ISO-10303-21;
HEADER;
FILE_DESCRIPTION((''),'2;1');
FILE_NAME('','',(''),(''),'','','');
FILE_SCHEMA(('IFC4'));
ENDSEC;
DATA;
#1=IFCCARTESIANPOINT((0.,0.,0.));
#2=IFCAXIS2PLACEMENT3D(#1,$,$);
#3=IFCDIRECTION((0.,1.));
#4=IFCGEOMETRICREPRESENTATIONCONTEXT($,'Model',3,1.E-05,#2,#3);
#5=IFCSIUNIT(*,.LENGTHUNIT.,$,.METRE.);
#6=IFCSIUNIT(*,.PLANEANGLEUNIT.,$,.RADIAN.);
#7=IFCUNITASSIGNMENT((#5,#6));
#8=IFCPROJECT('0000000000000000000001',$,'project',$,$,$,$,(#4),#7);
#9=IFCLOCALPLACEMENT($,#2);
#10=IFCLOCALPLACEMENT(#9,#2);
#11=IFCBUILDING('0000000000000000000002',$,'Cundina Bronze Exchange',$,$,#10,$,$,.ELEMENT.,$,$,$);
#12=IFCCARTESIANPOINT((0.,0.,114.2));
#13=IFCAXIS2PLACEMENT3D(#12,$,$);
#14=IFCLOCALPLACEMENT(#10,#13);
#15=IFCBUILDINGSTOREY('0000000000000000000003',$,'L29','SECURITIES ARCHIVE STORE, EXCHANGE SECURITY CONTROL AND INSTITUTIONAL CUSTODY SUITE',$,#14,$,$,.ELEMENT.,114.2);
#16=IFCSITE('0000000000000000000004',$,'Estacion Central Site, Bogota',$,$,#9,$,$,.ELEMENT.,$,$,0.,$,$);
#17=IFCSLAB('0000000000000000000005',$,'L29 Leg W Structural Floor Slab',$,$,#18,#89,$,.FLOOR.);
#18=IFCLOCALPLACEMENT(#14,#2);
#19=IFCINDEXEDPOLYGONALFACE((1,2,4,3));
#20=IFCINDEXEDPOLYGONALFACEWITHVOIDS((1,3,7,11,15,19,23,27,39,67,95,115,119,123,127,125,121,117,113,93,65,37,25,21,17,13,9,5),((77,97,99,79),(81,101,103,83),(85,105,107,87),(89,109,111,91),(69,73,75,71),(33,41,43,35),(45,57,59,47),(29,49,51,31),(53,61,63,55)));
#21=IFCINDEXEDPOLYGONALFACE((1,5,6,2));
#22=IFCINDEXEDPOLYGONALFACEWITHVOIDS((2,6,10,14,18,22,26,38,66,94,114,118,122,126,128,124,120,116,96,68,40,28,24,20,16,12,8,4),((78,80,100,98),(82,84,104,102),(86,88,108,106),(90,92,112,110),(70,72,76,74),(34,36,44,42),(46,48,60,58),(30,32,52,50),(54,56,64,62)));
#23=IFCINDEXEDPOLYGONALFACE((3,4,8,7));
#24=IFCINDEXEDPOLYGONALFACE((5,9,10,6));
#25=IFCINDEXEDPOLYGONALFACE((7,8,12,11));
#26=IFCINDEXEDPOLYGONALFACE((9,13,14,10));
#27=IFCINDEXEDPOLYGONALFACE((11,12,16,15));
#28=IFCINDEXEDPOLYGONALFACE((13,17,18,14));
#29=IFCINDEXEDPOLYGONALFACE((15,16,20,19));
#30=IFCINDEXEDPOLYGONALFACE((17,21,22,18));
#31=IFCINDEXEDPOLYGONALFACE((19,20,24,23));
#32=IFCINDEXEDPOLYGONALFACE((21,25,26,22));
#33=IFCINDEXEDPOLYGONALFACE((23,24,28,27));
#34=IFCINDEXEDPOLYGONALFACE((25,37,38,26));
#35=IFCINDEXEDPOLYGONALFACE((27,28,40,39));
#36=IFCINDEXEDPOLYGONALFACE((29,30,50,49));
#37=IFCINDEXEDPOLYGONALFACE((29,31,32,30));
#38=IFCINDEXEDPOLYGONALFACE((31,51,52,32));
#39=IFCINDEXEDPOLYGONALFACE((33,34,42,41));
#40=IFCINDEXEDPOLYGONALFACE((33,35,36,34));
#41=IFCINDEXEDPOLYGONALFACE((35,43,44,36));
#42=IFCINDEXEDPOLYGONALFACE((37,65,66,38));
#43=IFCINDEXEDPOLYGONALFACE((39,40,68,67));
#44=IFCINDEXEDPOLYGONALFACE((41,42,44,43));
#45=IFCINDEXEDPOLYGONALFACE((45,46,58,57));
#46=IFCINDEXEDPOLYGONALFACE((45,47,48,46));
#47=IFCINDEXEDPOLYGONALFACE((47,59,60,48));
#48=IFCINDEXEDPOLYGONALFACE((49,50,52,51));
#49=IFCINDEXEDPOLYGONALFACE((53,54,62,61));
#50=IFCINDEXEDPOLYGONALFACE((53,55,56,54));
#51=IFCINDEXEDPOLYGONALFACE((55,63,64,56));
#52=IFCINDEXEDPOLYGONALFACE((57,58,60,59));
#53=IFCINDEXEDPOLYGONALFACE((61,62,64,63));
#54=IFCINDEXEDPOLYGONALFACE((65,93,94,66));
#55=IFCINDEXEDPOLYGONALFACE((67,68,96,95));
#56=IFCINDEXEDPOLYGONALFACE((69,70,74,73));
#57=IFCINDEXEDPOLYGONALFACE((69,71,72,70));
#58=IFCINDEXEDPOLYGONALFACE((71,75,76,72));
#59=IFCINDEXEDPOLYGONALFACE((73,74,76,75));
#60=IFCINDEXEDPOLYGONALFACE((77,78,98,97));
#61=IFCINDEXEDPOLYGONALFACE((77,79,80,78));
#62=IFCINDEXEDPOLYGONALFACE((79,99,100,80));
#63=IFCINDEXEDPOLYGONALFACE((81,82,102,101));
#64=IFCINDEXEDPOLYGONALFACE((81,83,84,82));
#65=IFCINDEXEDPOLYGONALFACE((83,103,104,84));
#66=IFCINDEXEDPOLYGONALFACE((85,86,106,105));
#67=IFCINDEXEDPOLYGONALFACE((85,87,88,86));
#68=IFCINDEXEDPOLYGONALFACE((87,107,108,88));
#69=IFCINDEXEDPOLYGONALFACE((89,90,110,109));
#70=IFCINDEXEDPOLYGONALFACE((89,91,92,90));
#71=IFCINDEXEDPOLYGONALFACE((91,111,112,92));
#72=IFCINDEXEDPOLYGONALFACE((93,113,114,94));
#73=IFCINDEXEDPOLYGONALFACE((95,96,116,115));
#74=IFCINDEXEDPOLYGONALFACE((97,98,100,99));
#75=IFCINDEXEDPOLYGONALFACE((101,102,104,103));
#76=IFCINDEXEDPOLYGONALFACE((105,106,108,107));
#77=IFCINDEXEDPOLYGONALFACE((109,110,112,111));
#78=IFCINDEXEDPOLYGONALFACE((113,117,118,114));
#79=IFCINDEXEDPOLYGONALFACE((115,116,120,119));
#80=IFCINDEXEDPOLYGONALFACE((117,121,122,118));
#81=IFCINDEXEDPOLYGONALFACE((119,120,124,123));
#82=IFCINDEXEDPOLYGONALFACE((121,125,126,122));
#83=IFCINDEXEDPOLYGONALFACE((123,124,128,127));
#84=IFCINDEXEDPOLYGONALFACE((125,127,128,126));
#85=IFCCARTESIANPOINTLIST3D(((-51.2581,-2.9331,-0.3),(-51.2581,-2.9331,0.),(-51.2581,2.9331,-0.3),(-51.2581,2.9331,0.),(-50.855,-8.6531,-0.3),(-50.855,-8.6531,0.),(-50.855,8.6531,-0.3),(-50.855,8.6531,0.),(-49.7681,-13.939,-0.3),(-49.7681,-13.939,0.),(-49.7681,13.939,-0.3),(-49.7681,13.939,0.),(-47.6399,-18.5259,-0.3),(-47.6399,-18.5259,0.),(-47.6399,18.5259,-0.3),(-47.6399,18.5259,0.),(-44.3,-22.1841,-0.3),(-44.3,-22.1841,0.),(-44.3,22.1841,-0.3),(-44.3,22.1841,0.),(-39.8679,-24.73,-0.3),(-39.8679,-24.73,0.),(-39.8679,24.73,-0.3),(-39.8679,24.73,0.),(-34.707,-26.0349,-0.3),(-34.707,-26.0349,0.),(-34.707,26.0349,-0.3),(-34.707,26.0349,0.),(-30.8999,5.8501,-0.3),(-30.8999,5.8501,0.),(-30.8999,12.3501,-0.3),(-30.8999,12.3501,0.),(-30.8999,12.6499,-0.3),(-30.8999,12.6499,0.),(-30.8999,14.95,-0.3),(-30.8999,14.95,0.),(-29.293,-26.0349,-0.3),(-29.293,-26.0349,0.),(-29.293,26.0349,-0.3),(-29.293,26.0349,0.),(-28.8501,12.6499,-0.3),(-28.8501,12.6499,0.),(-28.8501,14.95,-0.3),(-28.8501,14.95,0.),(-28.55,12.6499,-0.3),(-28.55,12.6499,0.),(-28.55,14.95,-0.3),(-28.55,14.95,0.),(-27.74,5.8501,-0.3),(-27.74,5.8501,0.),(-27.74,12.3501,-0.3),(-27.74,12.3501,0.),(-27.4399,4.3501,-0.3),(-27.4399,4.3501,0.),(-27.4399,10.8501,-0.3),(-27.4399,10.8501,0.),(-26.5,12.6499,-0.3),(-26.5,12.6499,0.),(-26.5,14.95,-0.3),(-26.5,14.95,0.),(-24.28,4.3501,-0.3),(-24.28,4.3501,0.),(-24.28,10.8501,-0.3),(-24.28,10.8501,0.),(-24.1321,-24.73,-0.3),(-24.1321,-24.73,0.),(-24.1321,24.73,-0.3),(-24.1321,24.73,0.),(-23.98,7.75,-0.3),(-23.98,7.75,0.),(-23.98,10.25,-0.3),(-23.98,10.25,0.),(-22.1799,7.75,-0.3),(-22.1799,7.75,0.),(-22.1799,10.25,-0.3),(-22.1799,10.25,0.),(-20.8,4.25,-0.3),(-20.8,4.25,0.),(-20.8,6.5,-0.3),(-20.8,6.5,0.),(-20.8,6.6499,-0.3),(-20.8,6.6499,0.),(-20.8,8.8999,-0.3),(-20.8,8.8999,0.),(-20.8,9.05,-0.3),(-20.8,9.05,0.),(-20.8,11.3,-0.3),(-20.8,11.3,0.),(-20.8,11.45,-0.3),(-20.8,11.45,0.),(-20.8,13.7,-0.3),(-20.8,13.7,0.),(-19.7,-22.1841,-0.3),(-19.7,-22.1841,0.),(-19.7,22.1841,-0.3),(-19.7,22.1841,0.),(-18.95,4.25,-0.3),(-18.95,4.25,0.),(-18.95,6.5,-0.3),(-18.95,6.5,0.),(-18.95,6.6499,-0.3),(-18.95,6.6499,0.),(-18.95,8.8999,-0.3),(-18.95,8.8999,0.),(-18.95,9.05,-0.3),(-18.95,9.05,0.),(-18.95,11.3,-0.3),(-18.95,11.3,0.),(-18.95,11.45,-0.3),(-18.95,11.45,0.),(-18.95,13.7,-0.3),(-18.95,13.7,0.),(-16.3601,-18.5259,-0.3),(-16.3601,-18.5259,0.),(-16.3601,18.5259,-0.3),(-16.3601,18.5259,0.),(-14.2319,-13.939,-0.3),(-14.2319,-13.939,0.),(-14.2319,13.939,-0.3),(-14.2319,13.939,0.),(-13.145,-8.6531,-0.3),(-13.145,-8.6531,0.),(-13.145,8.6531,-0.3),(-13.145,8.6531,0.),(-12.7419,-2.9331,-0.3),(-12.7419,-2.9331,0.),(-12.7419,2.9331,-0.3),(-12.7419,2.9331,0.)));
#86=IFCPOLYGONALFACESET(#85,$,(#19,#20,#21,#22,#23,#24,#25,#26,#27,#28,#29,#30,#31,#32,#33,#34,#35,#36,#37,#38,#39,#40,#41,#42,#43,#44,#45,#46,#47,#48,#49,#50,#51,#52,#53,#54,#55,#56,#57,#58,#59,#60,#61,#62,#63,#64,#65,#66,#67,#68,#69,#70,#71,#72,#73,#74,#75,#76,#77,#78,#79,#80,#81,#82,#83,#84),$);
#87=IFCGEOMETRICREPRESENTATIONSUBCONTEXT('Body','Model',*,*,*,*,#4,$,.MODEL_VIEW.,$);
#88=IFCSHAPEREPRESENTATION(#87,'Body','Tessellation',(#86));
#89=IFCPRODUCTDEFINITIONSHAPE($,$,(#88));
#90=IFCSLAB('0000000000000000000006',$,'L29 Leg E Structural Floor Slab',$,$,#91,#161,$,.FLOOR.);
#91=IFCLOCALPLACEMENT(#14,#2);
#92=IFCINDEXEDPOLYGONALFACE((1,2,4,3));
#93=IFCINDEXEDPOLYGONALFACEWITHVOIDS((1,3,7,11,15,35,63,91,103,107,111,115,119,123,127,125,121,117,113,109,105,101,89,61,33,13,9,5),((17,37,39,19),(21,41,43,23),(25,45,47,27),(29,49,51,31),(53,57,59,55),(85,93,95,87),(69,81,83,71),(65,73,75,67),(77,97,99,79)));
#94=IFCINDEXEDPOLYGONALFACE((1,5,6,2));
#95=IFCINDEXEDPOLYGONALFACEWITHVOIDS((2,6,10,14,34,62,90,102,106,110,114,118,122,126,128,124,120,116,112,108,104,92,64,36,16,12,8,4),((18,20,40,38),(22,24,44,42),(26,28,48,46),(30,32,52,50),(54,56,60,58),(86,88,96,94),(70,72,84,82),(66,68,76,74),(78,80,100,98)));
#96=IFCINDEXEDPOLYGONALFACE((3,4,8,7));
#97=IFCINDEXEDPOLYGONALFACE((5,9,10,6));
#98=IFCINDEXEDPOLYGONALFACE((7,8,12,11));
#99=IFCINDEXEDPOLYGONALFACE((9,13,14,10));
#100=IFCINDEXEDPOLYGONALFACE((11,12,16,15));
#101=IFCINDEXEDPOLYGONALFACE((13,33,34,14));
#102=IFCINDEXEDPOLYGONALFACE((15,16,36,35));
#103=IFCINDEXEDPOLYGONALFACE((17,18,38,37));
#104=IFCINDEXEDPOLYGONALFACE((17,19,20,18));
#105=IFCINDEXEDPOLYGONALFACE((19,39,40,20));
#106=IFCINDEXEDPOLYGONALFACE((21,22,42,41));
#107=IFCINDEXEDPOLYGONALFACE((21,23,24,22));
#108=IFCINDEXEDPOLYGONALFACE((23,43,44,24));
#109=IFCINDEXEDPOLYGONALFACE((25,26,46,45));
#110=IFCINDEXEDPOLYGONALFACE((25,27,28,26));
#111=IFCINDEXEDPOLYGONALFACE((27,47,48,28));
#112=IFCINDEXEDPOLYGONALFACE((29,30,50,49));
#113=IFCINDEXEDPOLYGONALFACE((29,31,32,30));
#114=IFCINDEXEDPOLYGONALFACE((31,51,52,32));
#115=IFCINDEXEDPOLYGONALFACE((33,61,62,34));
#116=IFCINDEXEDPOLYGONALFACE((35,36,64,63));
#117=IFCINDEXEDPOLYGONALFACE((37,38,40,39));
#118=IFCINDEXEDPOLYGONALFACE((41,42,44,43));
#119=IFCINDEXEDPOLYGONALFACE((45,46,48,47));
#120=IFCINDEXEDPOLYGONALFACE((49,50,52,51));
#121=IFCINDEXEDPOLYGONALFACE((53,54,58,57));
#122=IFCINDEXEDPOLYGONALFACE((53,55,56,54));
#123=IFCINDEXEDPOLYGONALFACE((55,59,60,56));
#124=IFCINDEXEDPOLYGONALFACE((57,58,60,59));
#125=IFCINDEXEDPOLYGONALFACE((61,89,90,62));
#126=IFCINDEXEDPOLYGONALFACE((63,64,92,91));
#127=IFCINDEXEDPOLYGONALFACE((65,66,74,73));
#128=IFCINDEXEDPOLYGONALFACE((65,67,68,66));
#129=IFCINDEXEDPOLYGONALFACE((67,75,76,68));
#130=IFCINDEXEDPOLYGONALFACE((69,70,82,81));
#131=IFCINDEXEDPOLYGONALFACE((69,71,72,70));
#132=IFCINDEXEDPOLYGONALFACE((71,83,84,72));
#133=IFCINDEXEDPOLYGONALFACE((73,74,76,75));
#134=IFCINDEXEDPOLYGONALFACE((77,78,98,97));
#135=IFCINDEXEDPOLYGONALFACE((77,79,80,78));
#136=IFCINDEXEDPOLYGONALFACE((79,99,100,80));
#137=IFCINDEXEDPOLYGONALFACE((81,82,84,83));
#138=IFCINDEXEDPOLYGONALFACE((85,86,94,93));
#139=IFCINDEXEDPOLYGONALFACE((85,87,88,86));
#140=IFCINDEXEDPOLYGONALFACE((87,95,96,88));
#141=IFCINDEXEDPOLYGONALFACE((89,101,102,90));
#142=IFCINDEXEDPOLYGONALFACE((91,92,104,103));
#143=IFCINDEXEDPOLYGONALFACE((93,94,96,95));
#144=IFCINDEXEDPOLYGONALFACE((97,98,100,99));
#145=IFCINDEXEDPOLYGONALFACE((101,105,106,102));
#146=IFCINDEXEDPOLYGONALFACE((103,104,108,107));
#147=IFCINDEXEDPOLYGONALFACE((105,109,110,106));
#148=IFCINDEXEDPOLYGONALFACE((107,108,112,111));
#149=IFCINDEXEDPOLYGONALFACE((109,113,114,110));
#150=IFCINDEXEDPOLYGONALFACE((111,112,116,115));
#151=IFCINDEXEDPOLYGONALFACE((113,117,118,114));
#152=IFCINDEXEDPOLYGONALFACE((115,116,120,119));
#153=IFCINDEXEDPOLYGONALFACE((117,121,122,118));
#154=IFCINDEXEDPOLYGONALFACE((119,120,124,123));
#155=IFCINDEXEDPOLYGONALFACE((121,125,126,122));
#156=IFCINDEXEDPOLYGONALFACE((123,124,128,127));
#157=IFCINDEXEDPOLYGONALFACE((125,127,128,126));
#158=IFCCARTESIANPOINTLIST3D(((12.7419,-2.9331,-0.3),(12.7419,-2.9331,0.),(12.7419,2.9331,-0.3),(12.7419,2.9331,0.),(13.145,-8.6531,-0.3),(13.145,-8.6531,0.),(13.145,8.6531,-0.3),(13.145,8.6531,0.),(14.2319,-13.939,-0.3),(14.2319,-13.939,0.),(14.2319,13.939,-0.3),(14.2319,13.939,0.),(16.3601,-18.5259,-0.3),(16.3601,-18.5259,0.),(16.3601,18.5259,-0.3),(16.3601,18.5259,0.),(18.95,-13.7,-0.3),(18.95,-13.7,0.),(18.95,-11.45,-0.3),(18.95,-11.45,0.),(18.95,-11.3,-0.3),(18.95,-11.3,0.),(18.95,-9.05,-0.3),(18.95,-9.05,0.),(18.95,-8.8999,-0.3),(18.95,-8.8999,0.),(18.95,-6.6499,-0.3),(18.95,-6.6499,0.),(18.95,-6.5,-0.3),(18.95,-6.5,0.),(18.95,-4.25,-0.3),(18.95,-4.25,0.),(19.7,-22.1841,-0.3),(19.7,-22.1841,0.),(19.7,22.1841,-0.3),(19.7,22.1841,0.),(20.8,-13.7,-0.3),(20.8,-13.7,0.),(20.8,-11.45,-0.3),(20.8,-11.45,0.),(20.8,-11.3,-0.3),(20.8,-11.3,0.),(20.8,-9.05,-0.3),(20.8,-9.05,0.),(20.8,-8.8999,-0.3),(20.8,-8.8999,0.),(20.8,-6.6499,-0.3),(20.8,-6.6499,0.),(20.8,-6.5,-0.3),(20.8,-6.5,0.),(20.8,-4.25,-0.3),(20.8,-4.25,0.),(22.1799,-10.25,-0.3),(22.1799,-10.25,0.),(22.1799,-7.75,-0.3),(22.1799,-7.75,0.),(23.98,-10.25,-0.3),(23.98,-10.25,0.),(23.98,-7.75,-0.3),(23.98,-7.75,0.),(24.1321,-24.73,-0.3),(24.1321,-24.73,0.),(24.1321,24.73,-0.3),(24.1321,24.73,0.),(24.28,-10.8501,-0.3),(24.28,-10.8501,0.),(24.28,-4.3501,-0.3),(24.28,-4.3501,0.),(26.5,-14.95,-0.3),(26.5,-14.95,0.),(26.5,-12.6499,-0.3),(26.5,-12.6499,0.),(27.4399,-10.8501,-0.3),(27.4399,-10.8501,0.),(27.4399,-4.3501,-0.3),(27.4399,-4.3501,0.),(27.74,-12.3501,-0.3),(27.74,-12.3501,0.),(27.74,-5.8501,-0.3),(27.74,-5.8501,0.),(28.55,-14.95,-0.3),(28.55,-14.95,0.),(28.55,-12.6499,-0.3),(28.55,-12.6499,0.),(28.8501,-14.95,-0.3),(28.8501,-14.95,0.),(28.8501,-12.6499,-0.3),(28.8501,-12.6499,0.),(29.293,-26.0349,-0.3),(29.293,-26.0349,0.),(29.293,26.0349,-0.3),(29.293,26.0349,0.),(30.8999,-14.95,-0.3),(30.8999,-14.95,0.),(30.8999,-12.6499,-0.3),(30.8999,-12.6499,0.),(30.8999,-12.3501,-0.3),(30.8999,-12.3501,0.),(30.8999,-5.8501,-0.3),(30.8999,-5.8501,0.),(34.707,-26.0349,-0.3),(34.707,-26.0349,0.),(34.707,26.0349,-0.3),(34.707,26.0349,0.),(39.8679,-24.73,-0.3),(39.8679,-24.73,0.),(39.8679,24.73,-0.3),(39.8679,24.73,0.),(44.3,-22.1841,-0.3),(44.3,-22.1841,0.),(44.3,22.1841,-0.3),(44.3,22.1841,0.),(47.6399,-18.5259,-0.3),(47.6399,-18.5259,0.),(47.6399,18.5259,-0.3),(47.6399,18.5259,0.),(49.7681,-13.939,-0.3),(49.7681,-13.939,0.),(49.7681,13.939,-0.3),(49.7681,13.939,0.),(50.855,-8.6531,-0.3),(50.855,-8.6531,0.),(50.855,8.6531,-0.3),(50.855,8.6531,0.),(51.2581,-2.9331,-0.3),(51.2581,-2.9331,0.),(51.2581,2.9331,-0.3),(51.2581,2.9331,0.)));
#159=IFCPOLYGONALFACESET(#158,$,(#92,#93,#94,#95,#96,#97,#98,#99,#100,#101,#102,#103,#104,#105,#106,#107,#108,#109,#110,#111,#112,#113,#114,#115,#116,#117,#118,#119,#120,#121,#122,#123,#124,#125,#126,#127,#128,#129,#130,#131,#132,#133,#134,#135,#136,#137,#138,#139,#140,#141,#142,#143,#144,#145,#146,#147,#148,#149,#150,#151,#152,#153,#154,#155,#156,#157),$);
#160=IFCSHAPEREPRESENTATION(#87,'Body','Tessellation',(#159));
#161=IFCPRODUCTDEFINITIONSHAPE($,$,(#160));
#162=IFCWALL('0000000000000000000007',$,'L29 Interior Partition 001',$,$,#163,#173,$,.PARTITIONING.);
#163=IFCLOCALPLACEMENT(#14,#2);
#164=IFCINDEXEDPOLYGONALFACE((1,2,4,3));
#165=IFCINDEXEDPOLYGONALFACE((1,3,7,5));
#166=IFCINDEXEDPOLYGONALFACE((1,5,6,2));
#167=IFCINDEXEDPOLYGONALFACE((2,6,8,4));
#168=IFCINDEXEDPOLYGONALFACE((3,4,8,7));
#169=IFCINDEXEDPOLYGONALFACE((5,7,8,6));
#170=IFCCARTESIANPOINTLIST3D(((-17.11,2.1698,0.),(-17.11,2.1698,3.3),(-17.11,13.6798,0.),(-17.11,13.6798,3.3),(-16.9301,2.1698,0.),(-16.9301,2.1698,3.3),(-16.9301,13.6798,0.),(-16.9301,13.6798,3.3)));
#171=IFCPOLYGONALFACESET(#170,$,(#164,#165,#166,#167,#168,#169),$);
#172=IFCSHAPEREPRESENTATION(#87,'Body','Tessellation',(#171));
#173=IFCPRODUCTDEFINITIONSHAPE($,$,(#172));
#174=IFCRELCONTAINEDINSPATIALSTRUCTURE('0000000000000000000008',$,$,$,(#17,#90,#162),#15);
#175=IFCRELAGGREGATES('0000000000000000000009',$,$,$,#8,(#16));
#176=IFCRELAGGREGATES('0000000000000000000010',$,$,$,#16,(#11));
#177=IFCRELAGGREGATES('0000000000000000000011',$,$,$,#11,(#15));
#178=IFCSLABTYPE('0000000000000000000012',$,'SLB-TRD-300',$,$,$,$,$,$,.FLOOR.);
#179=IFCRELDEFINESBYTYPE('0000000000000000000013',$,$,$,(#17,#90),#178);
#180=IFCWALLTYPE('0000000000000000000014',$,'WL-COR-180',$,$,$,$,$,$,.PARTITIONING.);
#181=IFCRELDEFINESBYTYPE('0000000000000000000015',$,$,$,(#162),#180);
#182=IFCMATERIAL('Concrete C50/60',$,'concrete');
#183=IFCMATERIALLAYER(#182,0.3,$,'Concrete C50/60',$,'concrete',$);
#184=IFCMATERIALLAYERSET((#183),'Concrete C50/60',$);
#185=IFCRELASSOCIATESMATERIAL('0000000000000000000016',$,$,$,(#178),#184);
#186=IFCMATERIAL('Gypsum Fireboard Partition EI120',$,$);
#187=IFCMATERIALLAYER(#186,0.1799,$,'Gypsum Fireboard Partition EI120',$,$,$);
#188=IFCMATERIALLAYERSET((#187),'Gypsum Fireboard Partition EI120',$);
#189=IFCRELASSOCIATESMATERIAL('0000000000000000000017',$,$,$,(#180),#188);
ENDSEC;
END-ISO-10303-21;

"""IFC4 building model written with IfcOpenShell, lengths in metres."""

from ifc_helpers import new_model, si_unit, direction, frame, frame_2d, origin, place, context, subcontext, project, spatial, polyline, rectangle, outline, extrude, material, layer, layer_set, type_object, element, save


model = new_model("IFC4")

# Units and contexts
model_context = context("Model", 3, precision=1e-05, world=origin(), true_north=direction((0.0, 1.0)))
body_context = subcontext(model_context, "Body", "Model", "MODEL_VIEW")
ifc_project = project(units=[si_unit("LENGTHUNIT", "METRE"), si_unit("PLANEANGLEUNIT", "RADIAN")], contexts=[model_context])

# Site, building, storey
site_placement = place(None, origin())
site = spatial("IfcSite", under=ifc_project, at=site_placement, Name="Estacion Central Site, Bogota", CompositionType="ELEMENT", RefElevation=0.0)
building_placement = place(site_placement, origin())
building = spatial("IfcBuilding", under=site, at=building_placement, Name="Cundina Bronze Exchange", CompositionType="ELEMENT")
storey_placement = place(building_placement, frame((0.0, 0.0, 114.2)))
storey = spatial("IfcBuildingStorey", under=building, at=storey_placement, Name="L29", Description="SECURITIES ARCHIVE STORE, EXCHANGE SECURITY CONTROL AND INSTITUTIONAL CUSTODY SUITE", CompositionType="ELEMENT", Elevation=114.2)

# Slabs
ifc_material_1 = material(Name="Concrete C50/60", Category="concrete")
ifc_layer_1 = layer(ifc_material_1, 0.3, Name="Concrete C50/60", Category="concrete")
ifc_layer_set_1 = layer_set([ifc_layer_1], Name="Concrete C50/60")
slab_type_1 = type_object("IfcSlabType", Name="SLB-TRD-300", PredefinedType="FLOOR", material=ifc_layer_set_1)
slab_1_placement = place(storey_placement, frame((0.0, 0.0, -0.3)))
element("IfcSlab", 1, at=slab_1_placement, inside=storey, type_object=slab_type_1, Name="L29 Leg W Structural Floor Slab", PredefinedType="FLOOR", context=body_context, shape_type="SweptSolid", body=[
    extrude(outline(polyline([(-12.7419, 2.9331), (-13.145, 8.6531), (-14.2319, 13.939), (-16.3601, 18.5259), (-19.7, 22.1841), (-24.1321, 24.73), (-29.293, 26.0349), (-34.707, 26.0349), (-39.8679, 24.73), (-44.3, 22.1841), (-47.6399, 18.5259), (-49.7681, 13.939), (-50.855, 8.6531), (-51.2581, 2.9331), (-51.2581, -2.9331), (-50.855, -8.6531), (-49.7681, -13.939), (-47.6399, -18.5259), (-44.3, -22.1841), (-39.8679, -24.73), (-34.707, -26.0349), (-29.293, -26.0349), (-24.1321, -24.73), (-19.7, -22.1841), (-16.3601, -18.5259), (-14.2319, -13.939), (-13.145, -8.6531), (-12.7419, -2.9331), (-12.7419, 2.9331)]), holes=[polyline([(-27.74, 5.8501), (-27.74, 12.3501), (-30.8999, 12.3501), (-30.8999, 5.8501), (-27.74, 5.8501)]), polyline([(-27.4399, 10.8501), (-27.4399, 4.3501), (-24.28, 4.3501), (-24.28, 10.8501), (-27.4399, 10.8501)]), polyline([(-23.98, 10.25), (-22.1799, 10.25), (-22.1799, 7.75), (-23.98, 7.75), (-23.98, 10.25)]), polyline([(-30.8999, 14.95), (-28.8501, 14.95), (-28.8501, 12.6499), (-30.8999, 12.6499), (-30.8999, 14.95)]), polyline([(-28.55, 14.95), (-26.5, 14.95), (-26.5, 12.6499), (-28.55, 12.6499), (-28.55, 14.95)]), polyline([(-20.8, 13.7), (-18.95, 13.7), (-18.95, 11.45), (-20.8, 11.45), (-20.8, 13.7)]), polyline([(-20.8, 11.3), (-18.95, 11.3), (-18.95, 9.05), (-20.8, 9.05), (-20.8, 11.3)]), polyline([(-20.8, 8.8999), (-18.95, 8.8999), (-18.95, 6.6499), (-20.8, 6.6499), (-20.8, 8.8999)]), polyline([(-20.8, 6.5), (-18.95, 6.5), (-18.95, 4.25), (-20.8, 4.25), (-20.8, 6.5)])]), origin(), (0.0, 0.0, 1.0), 0.3),
])
slab_2_placement = place(storey_placement, frame((0.0, 0.0, -0.3)))
element("IfcSlab", 2, at=slab_2_placement, inside=storey, type_object=slab_type_1, Name="L29 Leg E Structural Floor Slab", PredefinedType="FLOOR", context=body_context, shape_type="SweptSolid", body=[
    extrude(outline(polyline([(51.2581, 2.9331), (50.855, 8.6531), (49.7681, 13.939), (47.6399, 18.5259), (44.3, 22.1841), (39.8679, 24.73), (34.707, 26.0349), (29.293, 26.0349), (24.1321, 24.73), (19.7, 22.1841), (16.3601, 18.5259), (14.2319, 13.939), (13.145, 8.6531), (12.7419, 2.9331), (12.7419, -2.9331), (13.145, -8.6531), (14.2319, -13.939), (16.3601, -18.5259), (19.7, -22.1841), (24.1321, -24.73), (29.293, -26.0349), (34.707, -26.0349), (39.8679, -24.73), (44.3, -22.1841), (47.6399, -18.5259), (49.7681, -13.939), (50.855, -8.6531), (51.2581, -2.9331), (51.2581, 2.9331)]), holes=[polyline([(27.74, -5.8501), (27.74, -12.3501), (30.8999, -12.3501), (30.8999, -5.8501), (27.74, -5.8501)]), polyline([(27.4399, -10.8501), (27.4399, -4.3501), (24.28, -4.3501), (24.28, -10.8501), (27.4399, -10.8501)]), polyline([(22.1799, -7.75), (23.98, -7.75), (23.98, -10.25), (22.1799, -10.25), (22.1799, -7.75)]), polyline([(28.8501, -12.6499), (30.8999, -12.6499), (30.8999, -14.95), (28.8501, -14.95), (28.8501, -12.6499)]), polyline([(26.5, -12.6499), (28.55, -12.6499), (28.55, -14.95), (26.5, -14.95), (26.5, -12.6499)]), polyline([(18.95, -11.45), (20.8, -11.45), (20.8, -13.7), (18.95, -13.7), (18.95, -11.45)]), polyline([(18.95, -9.05), (20.8, -9.05), (20.8, -11.3), (18.95, -11.3), (18.95, -9.05)]), polyline([(18.95, -6.6499), (20.8, -6.6499), (20.8, -8.8999), (18.95, -8.8999), (18.95, -6.6499)]), polyline([(18.95, -4.25), (20.8, -4.25), (20.8, -6.5), (18.95, -6.5), (18.95, -4.25)])]), origin(), (0.0, 0.0, 1.0), 0.3),
])

# Wall
ifc_material_2 = material(Name="Gypsum Fireboard Partition EI120")
ifc_layer_2 = layer(ifc_material_2, 0.1799, Name="Gypsum Fireboard Partition EI120")
ifc_layer_set_2 = layer_set([ifc_layer_2], Name="Gypsum Fireboard Partition EI120")
wall_type_1 = type_object("IfcWallType", Name="WL-COR-180", PredefinedType="PARTITIONING", material=ifc_layer_set_2)
wall_1_placement = place(storey_placement, frame((-17.02, 2.1699, 0.0), z_axis=(0.0, 0.0, 1.0), x_axis=(0.0, 1.0, 0.0)))
element("IfcWall", 3, at=wall_1_placement, inside=storey, type_object=wall_type_1, Name="L29 Interior Partition 001", PredefinedType="PARTITIONING", context=body_context, shape_type="SweptSolid", body=[
    extrude(rectangle(XDim=11.51, YDim=0.1799, at=frame_2d((5.7549, 0.0))), origin(), (0.0, 0.0, 1.0), 3.3),
])

save(model, "model.ifc")
